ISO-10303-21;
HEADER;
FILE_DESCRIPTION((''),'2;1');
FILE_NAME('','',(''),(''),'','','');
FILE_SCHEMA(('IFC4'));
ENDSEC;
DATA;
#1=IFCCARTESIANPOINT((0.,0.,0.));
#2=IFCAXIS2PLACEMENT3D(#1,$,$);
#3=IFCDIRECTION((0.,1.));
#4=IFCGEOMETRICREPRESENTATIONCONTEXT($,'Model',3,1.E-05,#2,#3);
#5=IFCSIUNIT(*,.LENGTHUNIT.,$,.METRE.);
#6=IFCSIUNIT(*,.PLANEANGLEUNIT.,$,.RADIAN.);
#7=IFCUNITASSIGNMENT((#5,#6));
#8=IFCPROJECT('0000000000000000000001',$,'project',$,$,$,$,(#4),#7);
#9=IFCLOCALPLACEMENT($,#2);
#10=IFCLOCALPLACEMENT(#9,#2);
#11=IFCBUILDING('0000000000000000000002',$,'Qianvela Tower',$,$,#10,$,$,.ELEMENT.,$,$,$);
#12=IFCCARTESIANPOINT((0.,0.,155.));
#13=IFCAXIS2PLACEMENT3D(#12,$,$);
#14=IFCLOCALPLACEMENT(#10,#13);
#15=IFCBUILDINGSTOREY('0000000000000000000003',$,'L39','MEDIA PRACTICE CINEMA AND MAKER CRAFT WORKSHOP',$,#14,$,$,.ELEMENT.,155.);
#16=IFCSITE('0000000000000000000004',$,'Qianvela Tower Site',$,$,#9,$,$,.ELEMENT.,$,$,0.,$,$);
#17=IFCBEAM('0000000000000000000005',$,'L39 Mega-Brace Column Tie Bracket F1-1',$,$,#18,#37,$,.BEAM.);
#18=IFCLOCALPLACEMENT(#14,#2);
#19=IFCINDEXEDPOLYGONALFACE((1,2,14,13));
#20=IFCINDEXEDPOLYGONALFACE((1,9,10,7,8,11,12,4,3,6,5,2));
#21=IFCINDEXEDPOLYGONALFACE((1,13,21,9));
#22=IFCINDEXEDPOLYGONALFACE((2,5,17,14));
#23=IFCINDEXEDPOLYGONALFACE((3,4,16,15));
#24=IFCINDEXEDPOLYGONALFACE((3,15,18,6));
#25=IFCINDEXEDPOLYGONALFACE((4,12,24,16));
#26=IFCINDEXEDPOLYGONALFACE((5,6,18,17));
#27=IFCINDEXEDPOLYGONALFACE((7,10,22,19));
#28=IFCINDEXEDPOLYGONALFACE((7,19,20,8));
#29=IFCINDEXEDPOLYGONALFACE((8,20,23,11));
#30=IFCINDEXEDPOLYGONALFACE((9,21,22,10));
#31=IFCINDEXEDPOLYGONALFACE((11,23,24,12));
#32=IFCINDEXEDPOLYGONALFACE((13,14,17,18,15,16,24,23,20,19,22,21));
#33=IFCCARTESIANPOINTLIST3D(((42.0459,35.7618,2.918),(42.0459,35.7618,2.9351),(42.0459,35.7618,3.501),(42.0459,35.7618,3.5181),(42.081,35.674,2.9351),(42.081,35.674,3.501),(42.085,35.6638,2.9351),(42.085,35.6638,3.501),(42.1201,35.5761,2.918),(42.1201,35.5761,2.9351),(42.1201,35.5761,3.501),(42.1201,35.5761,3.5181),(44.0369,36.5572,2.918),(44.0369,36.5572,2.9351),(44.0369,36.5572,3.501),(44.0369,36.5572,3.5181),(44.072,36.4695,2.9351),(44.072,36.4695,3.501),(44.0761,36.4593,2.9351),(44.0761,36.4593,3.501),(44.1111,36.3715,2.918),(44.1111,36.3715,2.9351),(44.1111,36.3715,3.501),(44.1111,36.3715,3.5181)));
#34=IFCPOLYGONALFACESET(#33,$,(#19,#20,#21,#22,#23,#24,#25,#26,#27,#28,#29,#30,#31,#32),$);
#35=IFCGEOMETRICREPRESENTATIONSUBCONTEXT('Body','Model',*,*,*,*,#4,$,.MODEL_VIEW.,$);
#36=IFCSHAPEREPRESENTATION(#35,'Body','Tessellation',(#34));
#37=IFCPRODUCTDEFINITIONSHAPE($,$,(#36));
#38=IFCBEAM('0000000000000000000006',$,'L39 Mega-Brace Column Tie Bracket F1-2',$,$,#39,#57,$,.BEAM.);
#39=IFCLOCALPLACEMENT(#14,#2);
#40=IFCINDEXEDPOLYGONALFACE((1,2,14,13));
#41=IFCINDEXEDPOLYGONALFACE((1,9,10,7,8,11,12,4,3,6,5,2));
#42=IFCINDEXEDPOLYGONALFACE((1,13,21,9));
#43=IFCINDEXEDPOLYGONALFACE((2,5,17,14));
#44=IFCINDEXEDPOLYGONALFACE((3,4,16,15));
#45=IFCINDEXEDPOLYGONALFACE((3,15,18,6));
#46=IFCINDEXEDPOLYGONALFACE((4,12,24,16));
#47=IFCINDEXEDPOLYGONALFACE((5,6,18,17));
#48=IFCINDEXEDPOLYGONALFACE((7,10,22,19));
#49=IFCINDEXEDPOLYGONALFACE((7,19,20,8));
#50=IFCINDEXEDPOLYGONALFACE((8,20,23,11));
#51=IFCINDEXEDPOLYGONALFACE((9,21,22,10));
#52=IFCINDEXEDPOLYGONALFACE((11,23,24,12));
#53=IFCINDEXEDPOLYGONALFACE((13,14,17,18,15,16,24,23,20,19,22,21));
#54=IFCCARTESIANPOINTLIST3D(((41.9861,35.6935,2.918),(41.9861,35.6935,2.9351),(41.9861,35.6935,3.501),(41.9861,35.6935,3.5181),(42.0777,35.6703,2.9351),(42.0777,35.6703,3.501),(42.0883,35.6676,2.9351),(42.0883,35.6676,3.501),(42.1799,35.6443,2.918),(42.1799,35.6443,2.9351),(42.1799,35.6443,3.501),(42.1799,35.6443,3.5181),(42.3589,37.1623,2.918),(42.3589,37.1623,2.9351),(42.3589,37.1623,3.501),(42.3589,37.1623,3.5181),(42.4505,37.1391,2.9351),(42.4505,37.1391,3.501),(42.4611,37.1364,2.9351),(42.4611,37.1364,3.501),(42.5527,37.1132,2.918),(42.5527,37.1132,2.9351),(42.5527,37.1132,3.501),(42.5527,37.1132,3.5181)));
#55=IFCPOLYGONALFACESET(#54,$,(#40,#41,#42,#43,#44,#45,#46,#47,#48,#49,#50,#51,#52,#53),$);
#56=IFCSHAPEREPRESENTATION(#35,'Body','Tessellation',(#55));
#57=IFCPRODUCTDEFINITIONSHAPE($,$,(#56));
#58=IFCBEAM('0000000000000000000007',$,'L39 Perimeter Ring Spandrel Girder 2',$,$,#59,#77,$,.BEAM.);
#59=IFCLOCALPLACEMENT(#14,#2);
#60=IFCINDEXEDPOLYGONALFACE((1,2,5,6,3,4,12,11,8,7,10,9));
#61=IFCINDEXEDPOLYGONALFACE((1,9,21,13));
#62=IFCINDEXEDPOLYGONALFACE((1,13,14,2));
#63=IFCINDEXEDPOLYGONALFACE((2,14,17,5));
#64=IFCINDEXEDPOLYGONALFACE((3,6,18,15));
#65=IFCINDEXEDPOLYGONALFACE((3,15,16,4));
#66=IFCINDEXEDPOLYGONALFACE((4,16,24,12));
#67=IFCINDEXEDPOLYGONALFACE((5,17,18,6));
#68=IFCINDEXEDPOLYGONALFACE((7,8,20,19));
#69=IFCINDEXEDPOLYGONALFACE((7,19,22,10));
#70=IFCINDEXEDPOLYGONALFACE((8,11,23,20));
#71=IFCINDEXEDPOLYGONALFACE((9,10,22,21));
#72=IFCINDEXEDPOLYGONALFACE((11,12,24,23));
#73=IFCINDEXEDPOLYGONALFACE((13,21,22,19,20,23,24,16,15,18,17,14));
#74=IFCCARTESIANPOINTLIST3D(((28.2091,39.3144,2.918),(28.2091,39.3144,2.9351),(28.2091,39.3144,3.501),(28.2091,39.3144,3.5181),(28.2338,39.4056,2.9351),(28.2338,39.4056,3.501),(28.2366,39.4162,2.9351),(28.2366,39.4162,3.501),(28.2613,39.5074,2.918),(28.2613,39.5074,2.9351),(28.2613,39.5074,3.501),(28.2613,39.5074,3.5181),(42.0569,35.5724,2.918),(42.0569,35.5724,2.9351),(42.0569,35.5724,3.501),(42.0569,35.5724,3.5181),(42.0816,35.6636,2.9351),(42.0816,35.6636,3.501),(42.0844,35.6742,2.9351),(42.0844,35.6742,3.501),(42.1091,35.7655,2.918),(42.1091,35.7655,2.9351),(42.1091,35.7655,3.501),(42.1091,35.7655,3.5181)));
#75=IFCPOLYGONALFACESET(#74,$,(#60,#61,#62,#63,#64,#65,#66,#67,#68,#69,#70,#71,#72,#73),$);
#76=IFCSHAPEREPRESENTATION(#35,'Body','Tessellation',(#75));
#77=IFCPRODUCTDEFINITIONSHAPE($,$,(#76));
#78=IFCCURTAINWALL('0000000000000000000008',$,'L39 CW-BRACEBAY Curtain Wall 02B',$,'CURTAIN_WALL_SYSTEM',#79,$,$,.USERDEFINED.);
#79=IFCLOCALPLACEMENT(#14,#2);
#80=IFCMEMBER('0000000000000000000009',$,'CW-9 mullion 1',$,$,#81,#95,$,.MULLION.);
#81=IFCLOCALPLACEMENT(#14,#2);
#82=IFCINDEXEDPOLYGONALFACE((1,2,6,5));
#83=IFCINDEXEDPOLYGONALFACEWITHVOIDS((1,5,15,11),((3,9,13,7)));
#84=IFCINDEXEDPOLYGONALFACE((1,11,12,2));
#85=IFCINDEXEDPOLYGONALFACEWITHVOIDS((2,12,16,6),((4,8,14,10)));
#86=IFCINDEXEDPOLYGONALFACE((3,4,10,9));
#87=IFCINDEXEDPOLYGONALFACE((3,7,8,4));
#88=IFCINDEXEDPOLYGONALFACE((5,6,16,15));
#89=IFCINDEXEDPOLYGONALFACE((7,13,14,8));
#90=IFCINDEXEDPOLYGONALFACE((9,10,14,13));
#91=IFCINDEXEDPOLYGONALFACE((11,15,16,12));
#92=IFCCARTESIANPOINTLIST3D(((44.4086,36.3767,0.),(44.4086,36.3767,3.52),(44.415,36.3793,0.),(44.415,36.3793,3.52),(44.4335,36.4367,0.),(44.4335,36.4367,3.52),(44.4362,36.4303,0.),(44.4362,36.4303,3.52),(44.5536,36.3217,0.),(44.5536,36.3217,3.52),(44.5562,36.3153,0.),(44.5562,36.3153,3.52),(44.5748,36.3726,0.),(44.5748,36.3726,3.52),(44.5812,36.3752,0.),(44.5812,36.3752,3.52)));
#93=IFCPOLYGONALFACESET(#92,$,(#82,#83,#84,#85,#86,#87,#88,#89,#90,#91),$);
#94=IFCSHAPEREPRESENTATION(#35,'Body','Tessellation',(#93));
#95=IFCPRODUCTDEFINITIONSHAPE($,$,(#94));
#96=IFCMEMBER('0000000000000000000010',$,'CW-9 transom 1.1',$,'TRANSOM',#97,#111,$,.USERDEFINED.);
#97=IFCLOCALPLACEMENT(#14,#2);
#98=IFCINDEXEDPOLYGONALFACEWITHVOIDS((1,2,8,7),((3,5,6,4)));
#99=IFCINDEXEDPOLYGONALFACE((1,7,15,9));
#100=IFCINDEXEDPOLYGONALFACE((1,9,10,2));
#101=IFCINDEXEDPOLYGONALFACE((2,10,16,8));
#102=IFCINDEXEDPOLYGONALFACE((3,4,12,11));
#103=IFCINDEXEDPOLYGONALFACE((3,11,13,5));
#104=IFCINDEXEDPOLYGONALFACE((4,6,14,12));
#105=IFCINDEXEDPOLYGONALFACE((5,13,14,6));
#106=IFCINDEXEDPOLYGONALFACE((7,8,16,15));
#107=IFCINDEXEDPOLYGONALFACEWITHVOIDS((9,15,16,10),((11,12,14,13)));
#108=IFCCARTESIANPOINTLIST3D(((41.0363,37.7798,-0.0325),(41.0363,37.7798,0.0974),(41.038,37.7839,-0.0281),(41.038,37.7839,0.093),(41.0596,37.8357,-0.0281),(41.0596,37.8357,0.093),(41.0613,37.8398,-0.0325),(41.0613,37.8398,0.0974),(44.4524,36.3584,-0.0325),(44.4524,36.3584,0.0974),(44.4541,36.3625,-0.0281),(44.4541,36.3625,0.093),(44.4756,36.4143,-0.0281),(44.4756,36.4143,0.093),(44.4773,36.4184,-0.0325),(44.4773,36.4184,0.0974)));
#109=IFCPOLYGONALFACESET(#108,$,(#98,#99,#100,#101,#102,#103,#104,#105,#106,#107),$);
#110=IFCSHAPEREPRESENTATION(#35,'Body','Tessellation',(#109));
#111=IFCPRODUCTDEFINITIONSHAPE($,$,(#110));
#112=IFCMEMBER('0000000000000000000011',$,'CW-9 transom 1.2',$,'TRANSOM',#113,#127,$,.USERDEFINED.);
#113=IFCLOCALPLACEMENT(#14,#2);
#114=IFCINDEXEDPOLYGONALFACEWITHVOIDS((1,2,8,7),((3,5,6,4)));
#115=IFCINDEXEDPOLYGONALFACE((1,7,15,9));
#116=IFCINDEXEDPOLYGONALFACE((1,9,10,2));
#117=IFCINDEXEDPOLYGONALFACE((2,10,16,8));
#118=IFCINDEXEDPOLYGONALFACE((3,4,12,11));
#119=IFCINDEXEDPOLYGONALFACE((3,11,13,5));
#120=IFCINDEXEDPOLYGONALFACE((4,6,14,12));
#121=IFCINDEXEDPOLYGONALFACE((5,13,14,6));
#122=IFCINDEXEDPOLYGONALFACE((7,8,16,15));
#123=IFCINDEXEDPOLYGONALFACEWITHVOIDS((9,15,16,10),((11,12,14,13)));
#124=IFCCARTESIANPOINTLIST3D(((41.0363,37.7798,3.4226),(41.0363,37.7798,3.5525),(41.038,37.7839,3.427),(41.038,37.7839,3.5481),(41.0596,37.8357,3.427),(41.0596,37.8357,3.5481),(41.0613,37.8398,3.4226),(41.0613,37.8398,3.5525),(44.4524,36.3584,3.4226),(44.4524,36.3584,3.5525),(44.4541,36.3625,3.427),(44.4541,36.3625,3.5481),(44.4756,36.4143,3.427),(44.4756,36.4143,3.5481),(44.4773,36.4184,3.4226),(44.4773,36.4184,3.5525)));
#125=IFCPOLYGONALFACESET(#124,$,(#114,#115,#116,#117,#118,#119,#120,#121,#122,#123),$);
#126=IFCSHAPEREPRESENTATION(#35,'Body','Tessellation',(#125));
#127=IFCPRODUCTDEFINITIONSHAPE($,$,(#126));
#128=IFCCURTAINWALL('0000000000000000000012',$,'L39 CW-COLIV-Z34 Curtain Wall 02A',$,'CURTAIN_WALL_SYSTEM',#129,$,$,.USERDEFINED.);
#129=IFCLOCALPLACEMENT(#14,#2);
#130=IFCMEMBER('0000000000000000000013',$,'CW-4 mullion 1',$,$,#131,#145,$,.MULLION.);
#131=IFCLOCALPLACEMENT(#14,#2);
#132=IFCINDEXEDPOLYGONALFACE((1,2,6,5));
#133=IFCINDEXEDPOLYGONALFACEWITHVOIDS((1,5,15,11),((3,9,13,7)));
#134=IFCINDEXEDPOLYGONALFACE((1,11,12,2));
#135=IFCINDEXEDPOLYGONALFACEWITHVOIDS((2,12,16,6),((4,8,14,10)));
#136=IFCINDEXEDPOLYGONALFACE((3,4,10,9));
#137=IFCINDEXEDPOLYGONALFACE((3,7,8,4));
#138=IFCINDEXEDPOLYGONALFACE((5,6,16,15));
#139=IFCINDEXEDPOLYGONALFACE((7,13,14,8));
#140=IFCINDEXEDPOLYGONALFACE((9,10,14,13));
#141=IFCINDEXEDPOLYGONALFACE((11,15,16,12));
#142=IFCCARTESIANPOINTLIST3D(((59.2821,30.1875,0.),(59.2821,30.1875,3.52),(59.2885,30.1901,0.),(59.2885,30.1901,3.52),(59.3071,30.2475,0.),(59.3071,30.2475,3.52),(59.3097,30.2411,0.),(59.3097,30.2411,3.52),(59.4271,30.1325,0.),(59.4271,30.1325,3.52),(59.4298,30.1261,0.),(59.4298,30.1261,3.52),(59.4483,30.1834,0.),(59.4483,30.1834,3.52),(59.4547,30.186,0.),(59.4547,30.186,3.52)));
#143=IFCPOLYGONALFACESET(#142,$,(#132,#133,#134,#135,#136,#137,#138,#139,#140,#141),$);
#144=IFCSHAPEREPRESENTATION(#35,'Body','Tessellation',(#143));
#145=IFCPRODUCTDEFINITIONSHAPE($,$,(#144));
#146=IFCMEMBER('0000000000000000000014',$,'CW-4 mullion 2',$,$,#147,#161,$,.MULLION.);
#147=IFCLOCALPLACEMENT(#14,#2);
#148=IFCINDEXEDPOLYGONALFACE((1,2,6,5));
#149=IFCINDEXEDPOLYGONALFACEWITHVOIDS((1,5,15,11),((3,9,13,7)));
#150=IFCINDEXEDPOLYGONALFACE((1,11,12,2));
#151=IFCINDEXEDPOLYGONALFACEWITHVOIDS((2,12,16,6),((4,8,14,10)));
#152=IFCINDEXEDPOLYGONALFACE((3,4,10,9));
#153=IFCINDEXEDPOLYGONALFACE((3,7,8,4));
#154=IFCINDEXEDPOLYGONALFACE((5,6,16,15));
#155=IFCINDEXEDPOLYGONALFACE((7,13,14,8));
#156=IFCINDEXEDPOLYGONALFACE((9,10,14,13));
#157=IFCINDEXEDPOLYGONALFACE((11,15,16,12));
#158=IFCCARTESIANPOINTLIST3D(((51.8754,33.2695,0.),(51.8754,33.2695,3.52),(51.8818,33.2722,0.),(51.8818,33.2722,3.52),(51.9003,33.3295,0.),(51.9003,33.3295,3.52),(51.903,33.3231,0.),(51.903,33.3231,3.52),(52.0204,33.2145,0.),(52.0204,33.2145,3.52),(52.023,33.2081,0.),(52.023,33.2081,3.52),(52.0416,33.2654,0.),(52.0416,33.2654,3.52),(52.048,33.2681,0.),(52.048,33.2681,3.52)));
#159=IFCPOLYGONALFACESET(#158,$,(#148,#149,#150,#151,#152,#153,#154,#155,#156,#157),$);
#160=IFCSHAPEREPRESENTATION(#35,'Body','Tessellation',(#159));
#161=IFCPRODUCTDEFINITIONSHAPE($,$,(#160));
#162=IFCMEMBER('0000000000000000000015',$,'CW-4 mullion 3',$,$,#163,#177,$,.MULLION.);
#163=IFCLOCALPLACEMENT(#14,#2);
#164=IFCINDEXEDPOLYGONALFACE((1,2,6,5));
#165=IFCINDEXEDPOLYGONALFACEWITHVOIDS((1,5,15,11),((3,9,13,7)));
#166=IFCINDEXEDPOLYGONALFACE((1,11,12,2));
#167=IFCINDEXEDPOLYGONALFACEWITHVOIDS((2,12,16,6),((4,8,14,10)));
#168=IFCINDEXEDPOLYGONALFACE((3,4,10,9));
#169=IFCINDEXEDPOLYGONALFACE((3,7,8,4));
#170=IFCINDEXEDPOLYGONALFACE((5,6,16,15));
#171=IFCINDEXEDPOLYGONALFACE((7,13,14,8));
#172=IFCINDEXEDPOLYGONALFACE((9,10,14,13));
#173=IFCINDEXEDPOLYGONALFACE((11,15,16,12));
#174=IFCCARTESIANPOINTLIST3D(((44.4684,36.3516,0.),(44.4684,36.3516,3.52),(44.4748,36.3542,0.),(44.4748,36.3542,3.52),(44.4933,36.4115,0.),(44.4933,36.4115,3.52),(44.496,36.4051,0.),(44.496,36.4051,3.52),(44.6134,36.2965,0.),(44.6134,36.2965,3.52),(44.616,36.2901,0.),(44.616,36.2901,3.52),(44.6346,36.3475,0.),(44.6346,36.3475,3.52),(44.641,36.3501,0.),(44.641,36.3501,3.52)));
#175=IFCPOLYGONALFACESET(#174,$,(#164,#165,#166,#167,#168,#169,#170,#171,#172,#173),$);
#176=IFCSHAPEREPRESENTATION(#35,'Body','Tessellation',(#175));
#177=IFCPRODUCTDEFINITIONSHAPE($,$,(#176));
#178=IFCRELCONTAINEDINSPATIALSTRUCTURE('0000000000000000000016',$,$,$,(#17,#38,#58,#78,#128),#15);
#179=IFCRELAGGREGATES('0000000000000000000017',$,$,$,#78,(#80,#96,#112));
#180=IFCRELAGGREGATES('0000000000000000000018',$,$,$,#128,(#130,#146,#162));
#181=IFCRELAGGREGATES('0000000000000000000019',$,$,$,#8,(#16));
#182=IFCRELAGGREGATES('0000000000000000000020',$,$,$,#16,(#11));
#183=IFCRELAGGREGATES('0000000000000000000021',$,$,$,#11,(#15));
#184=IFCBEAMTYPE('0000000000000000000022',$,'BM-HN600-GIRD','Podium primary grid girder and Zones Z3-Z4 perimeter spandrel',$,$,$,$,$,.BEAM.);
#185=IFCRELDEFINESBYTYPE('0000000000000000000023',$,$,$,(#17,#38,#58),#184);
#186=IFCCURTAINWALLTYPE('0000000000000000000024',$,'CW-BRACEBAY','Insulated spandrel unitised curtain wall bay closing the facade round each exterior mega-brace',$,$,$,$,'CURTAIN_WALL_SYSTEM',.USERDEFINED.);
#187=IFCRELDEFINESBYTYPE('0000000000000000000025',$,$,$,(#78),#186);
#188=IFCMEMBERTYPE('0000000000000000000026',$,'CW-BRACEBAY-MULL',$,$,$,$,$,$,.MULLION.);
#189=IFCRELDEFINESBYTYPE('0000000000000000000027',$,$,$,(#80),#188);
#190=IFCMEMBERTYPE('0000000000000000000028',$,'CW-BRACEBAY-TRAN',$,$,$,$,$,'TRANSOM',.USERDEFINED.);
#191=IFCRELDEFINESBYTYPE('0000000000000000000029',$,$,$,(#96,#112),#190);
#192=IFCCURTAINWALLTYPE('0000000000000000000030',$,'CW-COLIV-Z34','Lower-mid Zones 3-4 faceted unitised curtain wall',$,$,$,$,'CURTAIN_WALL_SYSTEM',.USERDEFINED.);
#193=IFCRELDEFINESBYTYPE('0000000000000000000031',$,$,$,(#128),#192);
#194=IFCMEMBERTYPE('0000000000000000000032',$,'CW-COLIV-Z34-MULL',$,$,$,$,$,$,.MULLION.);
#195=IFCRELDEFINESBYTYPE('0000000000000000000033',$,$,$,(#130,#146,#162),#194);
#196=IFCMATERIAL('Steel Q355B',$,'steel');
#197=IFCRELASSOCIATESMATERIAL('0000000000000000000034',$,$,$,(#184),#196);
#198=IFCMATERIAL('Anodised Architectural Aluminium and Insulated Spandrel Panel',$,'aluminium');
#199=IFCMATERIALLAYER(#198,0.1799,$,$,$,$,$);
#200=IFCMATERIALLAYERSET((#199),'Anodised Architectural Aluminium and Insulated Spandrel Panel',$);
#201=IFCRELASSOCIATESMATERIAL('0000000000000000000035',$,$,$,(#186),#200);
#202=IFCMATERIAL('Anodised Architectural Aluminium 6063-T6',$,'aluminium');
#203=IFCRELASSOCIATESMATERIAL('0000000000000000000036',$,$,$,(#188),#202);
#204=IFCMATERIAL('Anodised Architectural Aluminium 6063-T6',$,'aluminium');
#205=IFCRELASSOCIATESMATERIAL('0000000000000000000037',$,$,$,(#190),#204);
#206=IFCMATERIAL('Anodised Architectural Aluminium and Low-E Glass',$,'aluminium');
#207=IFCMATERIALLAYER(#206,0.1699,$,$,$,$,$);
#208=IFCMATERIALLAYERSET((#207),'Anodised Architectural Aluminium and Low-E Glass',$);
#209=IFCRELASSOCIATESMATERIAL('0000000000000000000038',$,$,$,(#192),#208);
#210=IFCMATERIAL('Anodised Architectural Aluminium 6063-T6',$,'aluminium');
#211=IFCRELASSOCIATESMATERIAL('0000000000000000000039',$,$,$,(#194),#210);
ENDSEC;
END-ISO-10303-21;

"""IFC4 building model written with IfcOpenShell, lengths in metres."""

from ifc_helpers import new_model, si_unit, direction, frame, origin, origin_2d, place, context, subcontext, project, spatial, hollow_rectangle, i_section, extrude, material, layer, layer_set, material_profile, profile_set, type_object, element, aggregate, save


model = new_model("IFC4")

# Units and contexts
model_context = context("Model", 3, precision=1e-05, world=origin(), true_north=direction((0.0, 1.0)))
body_context = subcontext(model_context, "Body", "Model", "MODEL_VIEW")
ifc_project = project(units=[si_unit("LENGTHUNIT", "METRE"), si_unit("PLANEANGLEUNIT", "RADIAN")], contexts=[model_context])

# Site, building, storey
site_placement = place(None, origin())
site = spatial("IfcSite", under=ifc_project, at=site_placement, Name="Qianvela Tower Site", CompositionType="ELEMENT", RefElevation=0.0)
building_placement = place(site_placement, origin())
building = spatial("IfcBuilding", under=site, at=building_placement, Name="Qianvela Tower", CompositionType="ELEMENT")
storey_placement = place(building_placement, frame((0.0, 0.0, 155.0)))
storey = spatial("IfcBuildingStorey", under=building, at=storey_placement, Name="L39", Description="MEDIA PRACTICE CINEMA AND MAKER CRAFT WORKSHOP", CompositionType="ELEMENT", Elevation=155.0)

# Beams
ifc_material_1 = material(Name="Steel Q355B", Category="steel")
ifc_material_profile_1 = material_profile(ifc_material_1, i_section(OverallWidth=0.2, OverallDepth=0.6001, WebThickness=0.011, FlangeThickness=0.0171, at=origin_2d()), Name="HN600x200x11x17")
ifc_profile_set_1 = profile_set([ifc_material_profile_1], Name="Steel Q355B")
beam_type = type_object("IfcBeamType", Name="BM-HN600-GIRD", Description="Podium primary grid girder and Zones Z3-Z4 perimeter spandrel", PredefinedType="BEAM", material=ifc_profile_set_1)
beam_1_placement = place(storey_placement, frame((42.083, 35.6689, 3.218), z_axis=(0.928634, 0.370998, 0.0), x_axis=(-0.370998, 0.928634, 0.0)))
element("IfcBeam", 1, at=beam_1_placement, inside=storey, type_object=beam_type, Name="L39 Mega-Brace Column Tie Bracket F1-1", PredefinedType="BEAM", context=body_context, shape_type="SweptSolid", body=[
    extrude(i_section(OverallWidth=0.2, OverallDepth=0.6001, WebThickness=0.011, FlangeThickness=0.0171, at=origin_2d()), origin(), (0.0, 0.0, 1.0), 2.144),
])
beam_2_placement = place(storey_placement, frame((42.083, 35.6689, 3.218), z_axis=(0.246022, 0.969264, 0.0), x_axis=(-0.969264, 0.246022, 0.0)))
element("IfcBeam", 2, at=beam_2_placement, inside=storey, type_object=beam_type, Name="L39 Mega-Brace Column Tie Bracket F1-2", PredefinedType="BEAM", context=body_context, shape_type="SweptSolid", body=[
    extrude(i_section(OverallWidth=0.2, OverallDepth=0.6001, WebThickness=0.011, FlangeThickness=0.0171, at=origin_2d()), origin(), (0.0, 0.0, 1.0), 1.5154),
])
beam_3_placement = place(storey_placement, frame((42.083, 35.6689, 3.218), z_axis=(-0.965376, 0.260861, 0.0), x_axis=(-0.260861, -0.965376, 0.0)))
element("IfcBeam", 3, at=beam_3_placement, inside=storey, type_object=beam_type, Name="L39 Perimeter Ring Spandrel Girder 2", PredefinedType="BEAM", context=body_context, shape_type="SweptSolid", body=[
    extrude(i_section(OverallWidth=0.2, OverallDepth=0.6001, WebThickness=0.011, FlangeThickness=0.0171, at=origin_2d()), origin(), (0.0, 0.0, 1.0), 14.3445),
])

# Curtain walls, members
ifc_material_2 = material(Name="Anodised Architectural Aluminium and Insulated Spandrel Panel", Category="aluminium")
ifc_layer_1 = layer(ifc_material_2, 0.1799)
ifc_layer_set_1 = layer_set([ifc_layer_1], Name="Anodised Architectural Aluminium and Insulated Spandrel Panel")
curtain_wall_type_1 = type_object("IfcCurtainWallType", Name="CW-BRACEBAY", Description="Insulated spandrel unitised curtain wall bay closing the facade round each exterior mega-brace", ElementType="CURTAIN_WALL_SYSTEM", PredefinedType="USERDEFINED", material=ifc_layer_set_1)
curtain_wall_1_placement = place(storey_placement, origin())
curtain_wall_1 = element("IfcCurtainWall", 4, at=curtain_wall_1_placement, inside=storey, type_object=curtain_wall_type_1, Name="L39 CW-BRACEBAY Curtain Wall 02B", ObjectType="CURTAIN_WALL_SYSTEM", PredefinedType="USERDEFINED")
ifc_material_3 = material(Name="Anodised Architectural Aluminium 6063-T6", Category="aluminium")
ifc_material_profile_2 = material_profile(ifc_material_3, hollow_rectangle(XDim=0.0649, YDim=0.1599, WallThickness=0.0049, at=origin_2d()), Name="ALU-MULL-65x160")
ifc_profile_set_2 = profile_set([ifc_material_profile_2], Name="Anodised Architectural Aluminium 6063-T6")
member_type_1 = type_object("IfcMemberType", Name="CW-BRACEBAY-MULL", PredefinedType="MULLION", material=ifc_profile_set_2)
member_1_placement = place(storey_placement, frame((44.4949, 36.376, 0.0), z_axis=(0.0, 0.0, 1.0), x_axis=(-0.384176, -0.92326, 0.0)))
member_1 = element("IfcMember", 5, at=member_1_placement, type_object=member_type_1, Name="CW-9 mullion 1", PredefinedType="MULLION", context=body_context, shape_type="SweptSolid", body=[
    extrude(hollow_rectangle(XDim=0.0649, YDim=0.1599, WallThickness=0.0049, at=origin_2d()), origin(), (0.0, 0.0, 1.0), 3.52),
])
ifc_material_4 = material(Name="Anodised Architectural Aluminium 6063-T6", Category="aluminium")
ifc_material_profile_3 = material_profile(ifc_material_4, hollow_rectangle(XDim=0.0649, YDim=0.1299, WallThickness=0.0044, at=origin_2d()), Name="ALU-TRAN-65x130")
ifc_profile_set_3 = profile_set([ifc_material_profile_3], Name="Anodised Architectural Aluminium 6063-T6")
member_type_2 = type_object("IfcMemberType", Name="CW-BRACEBAY-TRAN", ElementType="TRANSOM", PredefinedType="USERDEFINED", material=ifc_profile_set_3)
member_2_placement = place(storey_placement, frame((44.4648, 36.3884, 0.0325), z_axis=(-0.923264, 0.384166, 0.0), x_axis=(-0.384166, -0.923264, 0.0)))
member_2 = element("IfcMember", 6, at=member_2_placement, type_object=member_type_2, Name="CW-9 transom 1.1", ObjectType="TRANSOM", PredefinedType="USERDEFINED", context=body_context, shape_type="SweptSolid", body=[
    extrude(hollow_rectangle(XDim=0.0649, YDim=0.1299, WallThickness=0.0044, at=origin_2d()), origin(), (0.0, 0.0, 1.0), 3.7),
])
member_3_placement = place(storey_placement, frame((44.4648, 36.3884, 3.4875), z_axis=(-0.923264, 0.384166, 0.0), x_axis=(-0.384166, -0.923264, 0.0)))
member_3 = element("IfcMember", 7, at=member_3_placement, type_object=member_type_2, Name="CW-9 transom 1.2", ObjectType="TRANSOM", PredefinedType="USERDEFINED", context=body_context, shape_type="SweptSolid", body=[
    extrude(hollow_rectangle(XDim=0.0649, YDim=0.1299, WallThickness=0.0044, at=origin_2d()), origin(), (0.0, 0.0, 1.0), 3.7),
])
ifc_material_5 = material(Name="Anodised Architectural Aluminium and Low-E Glass", Category="aluminium")
ifc_layer_2 = layer(ifc_material_5, 0.1699)
ifc_layer_set_2 = layer_set([ifc_layer_2], Name="Anodised Architectural Aluminium and Low-E Glass")
curtain_wall_type_2 = type_object("IfcCurtainWallType", Name="CW-COLIV-Z34", Description="Lower-mid Zones 3-4 faceted unitised curtain wall", ElementType="CURTAIN_WALL_SYSTEM", PredefinedType="USERDEFINED", material=ifc_layer_set_2)
curtain_wall_2_placement = place(storey_placement, origin())
curtain_wall_2 = element("IfcCurtainWall", 8, at=curtain_wall_2_placement, inside=storey, type_object=curtain_wall_type_2, Name="L39 CW-COLIV-Z34 Curtain Wall 02A", ObjectType="CURTAIN_WALL_SYSTEM", PredefinedType="USERDEFINED")
ifc_material_6 = material(Name="Anodised Architectural Aluminium 6063-T6", Category="aluminium")
ifc_material_profile_4 = material_profile(ifc_material_6, hollow_rectangle(XDim=0.0649, YDim=0.1599, WallThickness=0.0049, at=origin_2d()), Name="ALU-MULL-65x160")
ifc_profile_set_4 = profile_set([ifc_material_profile_4], Name="Anodised Architectural Aluminium 6063-T6")
member_type_3 = type_object("IfcMemberType", Name="CW-COLIV-Z34-MULL", PredefinedType="MULLION", material=ifc_profile_set_4)
member_4_placement = place(storey_placement, frame((59.3684, 30.1868, 0.0), z_axis=(0.0, 0.0, 1.0), x_axis=(-0.384185, -0.923256, 0.0)))
member_4 = element("IfcMember", 9, at=member_4_placement, type_object=member_type_3, Name="CW-4 mullion 1", PredefinedType="MULLION", context=body_context, shape_type="SweptSolid", body=[
    extrude(hollow_rectangle(XDim=0.0649, YDim=0.1599, WallThickness=0.0049, at=origin_2d()), origin(), (0.0, 0.0, 1.0), 3.52),
])
member_5_placement = place(storey_placement, frame((51.9617, 33.2688, 0.0), z_axis=(0.0, 0.0, 1.0), x_axis=(-0.384185, -0.923256, 0.0)))
member_5 = element("IfcMember", 10, at=member_5_placement, type_object=member_type_3, Name="CW-4 mullion 2", PredefinedType="MULLION", context=body_context, shape_type="SweptSolid", body=[
    extrude(hollow_rectangle(XDim=0.0649, YDim=0.1599, WallThickness=0.0049, at=origin_2d()), origin(), (0.0, 0.0, 1.0), 3.52),
])
member_6_placement = place(storey_placement, frame((44.5547, 36.3508, 0.0), z_axis=(0.0, 0.0, 1.0), x_axis=(-0.384185, -0.923256, 0.0)))
member_6 = element("IfcMember", 11, at=member_6_placement, type_object=member_type_3, Name="CW-4 mullion 3", PredefinedType="MULLION", context=body_context, shape_type="SweptSolid", body=[
    extrude(hollow_rectangle(XDim=0.0649, YDim=0.1599, WallThickness=0.0049, at=origin_2d()), origin(), (0.0, 0.0, 1.0), 3.52),
])

aggregate(curtain_wall_1, [member_1, member_2, member_3])
aggregate(curtain_wall_2, [member_4, member_5, member_6])

save(model, "model.ifc")
